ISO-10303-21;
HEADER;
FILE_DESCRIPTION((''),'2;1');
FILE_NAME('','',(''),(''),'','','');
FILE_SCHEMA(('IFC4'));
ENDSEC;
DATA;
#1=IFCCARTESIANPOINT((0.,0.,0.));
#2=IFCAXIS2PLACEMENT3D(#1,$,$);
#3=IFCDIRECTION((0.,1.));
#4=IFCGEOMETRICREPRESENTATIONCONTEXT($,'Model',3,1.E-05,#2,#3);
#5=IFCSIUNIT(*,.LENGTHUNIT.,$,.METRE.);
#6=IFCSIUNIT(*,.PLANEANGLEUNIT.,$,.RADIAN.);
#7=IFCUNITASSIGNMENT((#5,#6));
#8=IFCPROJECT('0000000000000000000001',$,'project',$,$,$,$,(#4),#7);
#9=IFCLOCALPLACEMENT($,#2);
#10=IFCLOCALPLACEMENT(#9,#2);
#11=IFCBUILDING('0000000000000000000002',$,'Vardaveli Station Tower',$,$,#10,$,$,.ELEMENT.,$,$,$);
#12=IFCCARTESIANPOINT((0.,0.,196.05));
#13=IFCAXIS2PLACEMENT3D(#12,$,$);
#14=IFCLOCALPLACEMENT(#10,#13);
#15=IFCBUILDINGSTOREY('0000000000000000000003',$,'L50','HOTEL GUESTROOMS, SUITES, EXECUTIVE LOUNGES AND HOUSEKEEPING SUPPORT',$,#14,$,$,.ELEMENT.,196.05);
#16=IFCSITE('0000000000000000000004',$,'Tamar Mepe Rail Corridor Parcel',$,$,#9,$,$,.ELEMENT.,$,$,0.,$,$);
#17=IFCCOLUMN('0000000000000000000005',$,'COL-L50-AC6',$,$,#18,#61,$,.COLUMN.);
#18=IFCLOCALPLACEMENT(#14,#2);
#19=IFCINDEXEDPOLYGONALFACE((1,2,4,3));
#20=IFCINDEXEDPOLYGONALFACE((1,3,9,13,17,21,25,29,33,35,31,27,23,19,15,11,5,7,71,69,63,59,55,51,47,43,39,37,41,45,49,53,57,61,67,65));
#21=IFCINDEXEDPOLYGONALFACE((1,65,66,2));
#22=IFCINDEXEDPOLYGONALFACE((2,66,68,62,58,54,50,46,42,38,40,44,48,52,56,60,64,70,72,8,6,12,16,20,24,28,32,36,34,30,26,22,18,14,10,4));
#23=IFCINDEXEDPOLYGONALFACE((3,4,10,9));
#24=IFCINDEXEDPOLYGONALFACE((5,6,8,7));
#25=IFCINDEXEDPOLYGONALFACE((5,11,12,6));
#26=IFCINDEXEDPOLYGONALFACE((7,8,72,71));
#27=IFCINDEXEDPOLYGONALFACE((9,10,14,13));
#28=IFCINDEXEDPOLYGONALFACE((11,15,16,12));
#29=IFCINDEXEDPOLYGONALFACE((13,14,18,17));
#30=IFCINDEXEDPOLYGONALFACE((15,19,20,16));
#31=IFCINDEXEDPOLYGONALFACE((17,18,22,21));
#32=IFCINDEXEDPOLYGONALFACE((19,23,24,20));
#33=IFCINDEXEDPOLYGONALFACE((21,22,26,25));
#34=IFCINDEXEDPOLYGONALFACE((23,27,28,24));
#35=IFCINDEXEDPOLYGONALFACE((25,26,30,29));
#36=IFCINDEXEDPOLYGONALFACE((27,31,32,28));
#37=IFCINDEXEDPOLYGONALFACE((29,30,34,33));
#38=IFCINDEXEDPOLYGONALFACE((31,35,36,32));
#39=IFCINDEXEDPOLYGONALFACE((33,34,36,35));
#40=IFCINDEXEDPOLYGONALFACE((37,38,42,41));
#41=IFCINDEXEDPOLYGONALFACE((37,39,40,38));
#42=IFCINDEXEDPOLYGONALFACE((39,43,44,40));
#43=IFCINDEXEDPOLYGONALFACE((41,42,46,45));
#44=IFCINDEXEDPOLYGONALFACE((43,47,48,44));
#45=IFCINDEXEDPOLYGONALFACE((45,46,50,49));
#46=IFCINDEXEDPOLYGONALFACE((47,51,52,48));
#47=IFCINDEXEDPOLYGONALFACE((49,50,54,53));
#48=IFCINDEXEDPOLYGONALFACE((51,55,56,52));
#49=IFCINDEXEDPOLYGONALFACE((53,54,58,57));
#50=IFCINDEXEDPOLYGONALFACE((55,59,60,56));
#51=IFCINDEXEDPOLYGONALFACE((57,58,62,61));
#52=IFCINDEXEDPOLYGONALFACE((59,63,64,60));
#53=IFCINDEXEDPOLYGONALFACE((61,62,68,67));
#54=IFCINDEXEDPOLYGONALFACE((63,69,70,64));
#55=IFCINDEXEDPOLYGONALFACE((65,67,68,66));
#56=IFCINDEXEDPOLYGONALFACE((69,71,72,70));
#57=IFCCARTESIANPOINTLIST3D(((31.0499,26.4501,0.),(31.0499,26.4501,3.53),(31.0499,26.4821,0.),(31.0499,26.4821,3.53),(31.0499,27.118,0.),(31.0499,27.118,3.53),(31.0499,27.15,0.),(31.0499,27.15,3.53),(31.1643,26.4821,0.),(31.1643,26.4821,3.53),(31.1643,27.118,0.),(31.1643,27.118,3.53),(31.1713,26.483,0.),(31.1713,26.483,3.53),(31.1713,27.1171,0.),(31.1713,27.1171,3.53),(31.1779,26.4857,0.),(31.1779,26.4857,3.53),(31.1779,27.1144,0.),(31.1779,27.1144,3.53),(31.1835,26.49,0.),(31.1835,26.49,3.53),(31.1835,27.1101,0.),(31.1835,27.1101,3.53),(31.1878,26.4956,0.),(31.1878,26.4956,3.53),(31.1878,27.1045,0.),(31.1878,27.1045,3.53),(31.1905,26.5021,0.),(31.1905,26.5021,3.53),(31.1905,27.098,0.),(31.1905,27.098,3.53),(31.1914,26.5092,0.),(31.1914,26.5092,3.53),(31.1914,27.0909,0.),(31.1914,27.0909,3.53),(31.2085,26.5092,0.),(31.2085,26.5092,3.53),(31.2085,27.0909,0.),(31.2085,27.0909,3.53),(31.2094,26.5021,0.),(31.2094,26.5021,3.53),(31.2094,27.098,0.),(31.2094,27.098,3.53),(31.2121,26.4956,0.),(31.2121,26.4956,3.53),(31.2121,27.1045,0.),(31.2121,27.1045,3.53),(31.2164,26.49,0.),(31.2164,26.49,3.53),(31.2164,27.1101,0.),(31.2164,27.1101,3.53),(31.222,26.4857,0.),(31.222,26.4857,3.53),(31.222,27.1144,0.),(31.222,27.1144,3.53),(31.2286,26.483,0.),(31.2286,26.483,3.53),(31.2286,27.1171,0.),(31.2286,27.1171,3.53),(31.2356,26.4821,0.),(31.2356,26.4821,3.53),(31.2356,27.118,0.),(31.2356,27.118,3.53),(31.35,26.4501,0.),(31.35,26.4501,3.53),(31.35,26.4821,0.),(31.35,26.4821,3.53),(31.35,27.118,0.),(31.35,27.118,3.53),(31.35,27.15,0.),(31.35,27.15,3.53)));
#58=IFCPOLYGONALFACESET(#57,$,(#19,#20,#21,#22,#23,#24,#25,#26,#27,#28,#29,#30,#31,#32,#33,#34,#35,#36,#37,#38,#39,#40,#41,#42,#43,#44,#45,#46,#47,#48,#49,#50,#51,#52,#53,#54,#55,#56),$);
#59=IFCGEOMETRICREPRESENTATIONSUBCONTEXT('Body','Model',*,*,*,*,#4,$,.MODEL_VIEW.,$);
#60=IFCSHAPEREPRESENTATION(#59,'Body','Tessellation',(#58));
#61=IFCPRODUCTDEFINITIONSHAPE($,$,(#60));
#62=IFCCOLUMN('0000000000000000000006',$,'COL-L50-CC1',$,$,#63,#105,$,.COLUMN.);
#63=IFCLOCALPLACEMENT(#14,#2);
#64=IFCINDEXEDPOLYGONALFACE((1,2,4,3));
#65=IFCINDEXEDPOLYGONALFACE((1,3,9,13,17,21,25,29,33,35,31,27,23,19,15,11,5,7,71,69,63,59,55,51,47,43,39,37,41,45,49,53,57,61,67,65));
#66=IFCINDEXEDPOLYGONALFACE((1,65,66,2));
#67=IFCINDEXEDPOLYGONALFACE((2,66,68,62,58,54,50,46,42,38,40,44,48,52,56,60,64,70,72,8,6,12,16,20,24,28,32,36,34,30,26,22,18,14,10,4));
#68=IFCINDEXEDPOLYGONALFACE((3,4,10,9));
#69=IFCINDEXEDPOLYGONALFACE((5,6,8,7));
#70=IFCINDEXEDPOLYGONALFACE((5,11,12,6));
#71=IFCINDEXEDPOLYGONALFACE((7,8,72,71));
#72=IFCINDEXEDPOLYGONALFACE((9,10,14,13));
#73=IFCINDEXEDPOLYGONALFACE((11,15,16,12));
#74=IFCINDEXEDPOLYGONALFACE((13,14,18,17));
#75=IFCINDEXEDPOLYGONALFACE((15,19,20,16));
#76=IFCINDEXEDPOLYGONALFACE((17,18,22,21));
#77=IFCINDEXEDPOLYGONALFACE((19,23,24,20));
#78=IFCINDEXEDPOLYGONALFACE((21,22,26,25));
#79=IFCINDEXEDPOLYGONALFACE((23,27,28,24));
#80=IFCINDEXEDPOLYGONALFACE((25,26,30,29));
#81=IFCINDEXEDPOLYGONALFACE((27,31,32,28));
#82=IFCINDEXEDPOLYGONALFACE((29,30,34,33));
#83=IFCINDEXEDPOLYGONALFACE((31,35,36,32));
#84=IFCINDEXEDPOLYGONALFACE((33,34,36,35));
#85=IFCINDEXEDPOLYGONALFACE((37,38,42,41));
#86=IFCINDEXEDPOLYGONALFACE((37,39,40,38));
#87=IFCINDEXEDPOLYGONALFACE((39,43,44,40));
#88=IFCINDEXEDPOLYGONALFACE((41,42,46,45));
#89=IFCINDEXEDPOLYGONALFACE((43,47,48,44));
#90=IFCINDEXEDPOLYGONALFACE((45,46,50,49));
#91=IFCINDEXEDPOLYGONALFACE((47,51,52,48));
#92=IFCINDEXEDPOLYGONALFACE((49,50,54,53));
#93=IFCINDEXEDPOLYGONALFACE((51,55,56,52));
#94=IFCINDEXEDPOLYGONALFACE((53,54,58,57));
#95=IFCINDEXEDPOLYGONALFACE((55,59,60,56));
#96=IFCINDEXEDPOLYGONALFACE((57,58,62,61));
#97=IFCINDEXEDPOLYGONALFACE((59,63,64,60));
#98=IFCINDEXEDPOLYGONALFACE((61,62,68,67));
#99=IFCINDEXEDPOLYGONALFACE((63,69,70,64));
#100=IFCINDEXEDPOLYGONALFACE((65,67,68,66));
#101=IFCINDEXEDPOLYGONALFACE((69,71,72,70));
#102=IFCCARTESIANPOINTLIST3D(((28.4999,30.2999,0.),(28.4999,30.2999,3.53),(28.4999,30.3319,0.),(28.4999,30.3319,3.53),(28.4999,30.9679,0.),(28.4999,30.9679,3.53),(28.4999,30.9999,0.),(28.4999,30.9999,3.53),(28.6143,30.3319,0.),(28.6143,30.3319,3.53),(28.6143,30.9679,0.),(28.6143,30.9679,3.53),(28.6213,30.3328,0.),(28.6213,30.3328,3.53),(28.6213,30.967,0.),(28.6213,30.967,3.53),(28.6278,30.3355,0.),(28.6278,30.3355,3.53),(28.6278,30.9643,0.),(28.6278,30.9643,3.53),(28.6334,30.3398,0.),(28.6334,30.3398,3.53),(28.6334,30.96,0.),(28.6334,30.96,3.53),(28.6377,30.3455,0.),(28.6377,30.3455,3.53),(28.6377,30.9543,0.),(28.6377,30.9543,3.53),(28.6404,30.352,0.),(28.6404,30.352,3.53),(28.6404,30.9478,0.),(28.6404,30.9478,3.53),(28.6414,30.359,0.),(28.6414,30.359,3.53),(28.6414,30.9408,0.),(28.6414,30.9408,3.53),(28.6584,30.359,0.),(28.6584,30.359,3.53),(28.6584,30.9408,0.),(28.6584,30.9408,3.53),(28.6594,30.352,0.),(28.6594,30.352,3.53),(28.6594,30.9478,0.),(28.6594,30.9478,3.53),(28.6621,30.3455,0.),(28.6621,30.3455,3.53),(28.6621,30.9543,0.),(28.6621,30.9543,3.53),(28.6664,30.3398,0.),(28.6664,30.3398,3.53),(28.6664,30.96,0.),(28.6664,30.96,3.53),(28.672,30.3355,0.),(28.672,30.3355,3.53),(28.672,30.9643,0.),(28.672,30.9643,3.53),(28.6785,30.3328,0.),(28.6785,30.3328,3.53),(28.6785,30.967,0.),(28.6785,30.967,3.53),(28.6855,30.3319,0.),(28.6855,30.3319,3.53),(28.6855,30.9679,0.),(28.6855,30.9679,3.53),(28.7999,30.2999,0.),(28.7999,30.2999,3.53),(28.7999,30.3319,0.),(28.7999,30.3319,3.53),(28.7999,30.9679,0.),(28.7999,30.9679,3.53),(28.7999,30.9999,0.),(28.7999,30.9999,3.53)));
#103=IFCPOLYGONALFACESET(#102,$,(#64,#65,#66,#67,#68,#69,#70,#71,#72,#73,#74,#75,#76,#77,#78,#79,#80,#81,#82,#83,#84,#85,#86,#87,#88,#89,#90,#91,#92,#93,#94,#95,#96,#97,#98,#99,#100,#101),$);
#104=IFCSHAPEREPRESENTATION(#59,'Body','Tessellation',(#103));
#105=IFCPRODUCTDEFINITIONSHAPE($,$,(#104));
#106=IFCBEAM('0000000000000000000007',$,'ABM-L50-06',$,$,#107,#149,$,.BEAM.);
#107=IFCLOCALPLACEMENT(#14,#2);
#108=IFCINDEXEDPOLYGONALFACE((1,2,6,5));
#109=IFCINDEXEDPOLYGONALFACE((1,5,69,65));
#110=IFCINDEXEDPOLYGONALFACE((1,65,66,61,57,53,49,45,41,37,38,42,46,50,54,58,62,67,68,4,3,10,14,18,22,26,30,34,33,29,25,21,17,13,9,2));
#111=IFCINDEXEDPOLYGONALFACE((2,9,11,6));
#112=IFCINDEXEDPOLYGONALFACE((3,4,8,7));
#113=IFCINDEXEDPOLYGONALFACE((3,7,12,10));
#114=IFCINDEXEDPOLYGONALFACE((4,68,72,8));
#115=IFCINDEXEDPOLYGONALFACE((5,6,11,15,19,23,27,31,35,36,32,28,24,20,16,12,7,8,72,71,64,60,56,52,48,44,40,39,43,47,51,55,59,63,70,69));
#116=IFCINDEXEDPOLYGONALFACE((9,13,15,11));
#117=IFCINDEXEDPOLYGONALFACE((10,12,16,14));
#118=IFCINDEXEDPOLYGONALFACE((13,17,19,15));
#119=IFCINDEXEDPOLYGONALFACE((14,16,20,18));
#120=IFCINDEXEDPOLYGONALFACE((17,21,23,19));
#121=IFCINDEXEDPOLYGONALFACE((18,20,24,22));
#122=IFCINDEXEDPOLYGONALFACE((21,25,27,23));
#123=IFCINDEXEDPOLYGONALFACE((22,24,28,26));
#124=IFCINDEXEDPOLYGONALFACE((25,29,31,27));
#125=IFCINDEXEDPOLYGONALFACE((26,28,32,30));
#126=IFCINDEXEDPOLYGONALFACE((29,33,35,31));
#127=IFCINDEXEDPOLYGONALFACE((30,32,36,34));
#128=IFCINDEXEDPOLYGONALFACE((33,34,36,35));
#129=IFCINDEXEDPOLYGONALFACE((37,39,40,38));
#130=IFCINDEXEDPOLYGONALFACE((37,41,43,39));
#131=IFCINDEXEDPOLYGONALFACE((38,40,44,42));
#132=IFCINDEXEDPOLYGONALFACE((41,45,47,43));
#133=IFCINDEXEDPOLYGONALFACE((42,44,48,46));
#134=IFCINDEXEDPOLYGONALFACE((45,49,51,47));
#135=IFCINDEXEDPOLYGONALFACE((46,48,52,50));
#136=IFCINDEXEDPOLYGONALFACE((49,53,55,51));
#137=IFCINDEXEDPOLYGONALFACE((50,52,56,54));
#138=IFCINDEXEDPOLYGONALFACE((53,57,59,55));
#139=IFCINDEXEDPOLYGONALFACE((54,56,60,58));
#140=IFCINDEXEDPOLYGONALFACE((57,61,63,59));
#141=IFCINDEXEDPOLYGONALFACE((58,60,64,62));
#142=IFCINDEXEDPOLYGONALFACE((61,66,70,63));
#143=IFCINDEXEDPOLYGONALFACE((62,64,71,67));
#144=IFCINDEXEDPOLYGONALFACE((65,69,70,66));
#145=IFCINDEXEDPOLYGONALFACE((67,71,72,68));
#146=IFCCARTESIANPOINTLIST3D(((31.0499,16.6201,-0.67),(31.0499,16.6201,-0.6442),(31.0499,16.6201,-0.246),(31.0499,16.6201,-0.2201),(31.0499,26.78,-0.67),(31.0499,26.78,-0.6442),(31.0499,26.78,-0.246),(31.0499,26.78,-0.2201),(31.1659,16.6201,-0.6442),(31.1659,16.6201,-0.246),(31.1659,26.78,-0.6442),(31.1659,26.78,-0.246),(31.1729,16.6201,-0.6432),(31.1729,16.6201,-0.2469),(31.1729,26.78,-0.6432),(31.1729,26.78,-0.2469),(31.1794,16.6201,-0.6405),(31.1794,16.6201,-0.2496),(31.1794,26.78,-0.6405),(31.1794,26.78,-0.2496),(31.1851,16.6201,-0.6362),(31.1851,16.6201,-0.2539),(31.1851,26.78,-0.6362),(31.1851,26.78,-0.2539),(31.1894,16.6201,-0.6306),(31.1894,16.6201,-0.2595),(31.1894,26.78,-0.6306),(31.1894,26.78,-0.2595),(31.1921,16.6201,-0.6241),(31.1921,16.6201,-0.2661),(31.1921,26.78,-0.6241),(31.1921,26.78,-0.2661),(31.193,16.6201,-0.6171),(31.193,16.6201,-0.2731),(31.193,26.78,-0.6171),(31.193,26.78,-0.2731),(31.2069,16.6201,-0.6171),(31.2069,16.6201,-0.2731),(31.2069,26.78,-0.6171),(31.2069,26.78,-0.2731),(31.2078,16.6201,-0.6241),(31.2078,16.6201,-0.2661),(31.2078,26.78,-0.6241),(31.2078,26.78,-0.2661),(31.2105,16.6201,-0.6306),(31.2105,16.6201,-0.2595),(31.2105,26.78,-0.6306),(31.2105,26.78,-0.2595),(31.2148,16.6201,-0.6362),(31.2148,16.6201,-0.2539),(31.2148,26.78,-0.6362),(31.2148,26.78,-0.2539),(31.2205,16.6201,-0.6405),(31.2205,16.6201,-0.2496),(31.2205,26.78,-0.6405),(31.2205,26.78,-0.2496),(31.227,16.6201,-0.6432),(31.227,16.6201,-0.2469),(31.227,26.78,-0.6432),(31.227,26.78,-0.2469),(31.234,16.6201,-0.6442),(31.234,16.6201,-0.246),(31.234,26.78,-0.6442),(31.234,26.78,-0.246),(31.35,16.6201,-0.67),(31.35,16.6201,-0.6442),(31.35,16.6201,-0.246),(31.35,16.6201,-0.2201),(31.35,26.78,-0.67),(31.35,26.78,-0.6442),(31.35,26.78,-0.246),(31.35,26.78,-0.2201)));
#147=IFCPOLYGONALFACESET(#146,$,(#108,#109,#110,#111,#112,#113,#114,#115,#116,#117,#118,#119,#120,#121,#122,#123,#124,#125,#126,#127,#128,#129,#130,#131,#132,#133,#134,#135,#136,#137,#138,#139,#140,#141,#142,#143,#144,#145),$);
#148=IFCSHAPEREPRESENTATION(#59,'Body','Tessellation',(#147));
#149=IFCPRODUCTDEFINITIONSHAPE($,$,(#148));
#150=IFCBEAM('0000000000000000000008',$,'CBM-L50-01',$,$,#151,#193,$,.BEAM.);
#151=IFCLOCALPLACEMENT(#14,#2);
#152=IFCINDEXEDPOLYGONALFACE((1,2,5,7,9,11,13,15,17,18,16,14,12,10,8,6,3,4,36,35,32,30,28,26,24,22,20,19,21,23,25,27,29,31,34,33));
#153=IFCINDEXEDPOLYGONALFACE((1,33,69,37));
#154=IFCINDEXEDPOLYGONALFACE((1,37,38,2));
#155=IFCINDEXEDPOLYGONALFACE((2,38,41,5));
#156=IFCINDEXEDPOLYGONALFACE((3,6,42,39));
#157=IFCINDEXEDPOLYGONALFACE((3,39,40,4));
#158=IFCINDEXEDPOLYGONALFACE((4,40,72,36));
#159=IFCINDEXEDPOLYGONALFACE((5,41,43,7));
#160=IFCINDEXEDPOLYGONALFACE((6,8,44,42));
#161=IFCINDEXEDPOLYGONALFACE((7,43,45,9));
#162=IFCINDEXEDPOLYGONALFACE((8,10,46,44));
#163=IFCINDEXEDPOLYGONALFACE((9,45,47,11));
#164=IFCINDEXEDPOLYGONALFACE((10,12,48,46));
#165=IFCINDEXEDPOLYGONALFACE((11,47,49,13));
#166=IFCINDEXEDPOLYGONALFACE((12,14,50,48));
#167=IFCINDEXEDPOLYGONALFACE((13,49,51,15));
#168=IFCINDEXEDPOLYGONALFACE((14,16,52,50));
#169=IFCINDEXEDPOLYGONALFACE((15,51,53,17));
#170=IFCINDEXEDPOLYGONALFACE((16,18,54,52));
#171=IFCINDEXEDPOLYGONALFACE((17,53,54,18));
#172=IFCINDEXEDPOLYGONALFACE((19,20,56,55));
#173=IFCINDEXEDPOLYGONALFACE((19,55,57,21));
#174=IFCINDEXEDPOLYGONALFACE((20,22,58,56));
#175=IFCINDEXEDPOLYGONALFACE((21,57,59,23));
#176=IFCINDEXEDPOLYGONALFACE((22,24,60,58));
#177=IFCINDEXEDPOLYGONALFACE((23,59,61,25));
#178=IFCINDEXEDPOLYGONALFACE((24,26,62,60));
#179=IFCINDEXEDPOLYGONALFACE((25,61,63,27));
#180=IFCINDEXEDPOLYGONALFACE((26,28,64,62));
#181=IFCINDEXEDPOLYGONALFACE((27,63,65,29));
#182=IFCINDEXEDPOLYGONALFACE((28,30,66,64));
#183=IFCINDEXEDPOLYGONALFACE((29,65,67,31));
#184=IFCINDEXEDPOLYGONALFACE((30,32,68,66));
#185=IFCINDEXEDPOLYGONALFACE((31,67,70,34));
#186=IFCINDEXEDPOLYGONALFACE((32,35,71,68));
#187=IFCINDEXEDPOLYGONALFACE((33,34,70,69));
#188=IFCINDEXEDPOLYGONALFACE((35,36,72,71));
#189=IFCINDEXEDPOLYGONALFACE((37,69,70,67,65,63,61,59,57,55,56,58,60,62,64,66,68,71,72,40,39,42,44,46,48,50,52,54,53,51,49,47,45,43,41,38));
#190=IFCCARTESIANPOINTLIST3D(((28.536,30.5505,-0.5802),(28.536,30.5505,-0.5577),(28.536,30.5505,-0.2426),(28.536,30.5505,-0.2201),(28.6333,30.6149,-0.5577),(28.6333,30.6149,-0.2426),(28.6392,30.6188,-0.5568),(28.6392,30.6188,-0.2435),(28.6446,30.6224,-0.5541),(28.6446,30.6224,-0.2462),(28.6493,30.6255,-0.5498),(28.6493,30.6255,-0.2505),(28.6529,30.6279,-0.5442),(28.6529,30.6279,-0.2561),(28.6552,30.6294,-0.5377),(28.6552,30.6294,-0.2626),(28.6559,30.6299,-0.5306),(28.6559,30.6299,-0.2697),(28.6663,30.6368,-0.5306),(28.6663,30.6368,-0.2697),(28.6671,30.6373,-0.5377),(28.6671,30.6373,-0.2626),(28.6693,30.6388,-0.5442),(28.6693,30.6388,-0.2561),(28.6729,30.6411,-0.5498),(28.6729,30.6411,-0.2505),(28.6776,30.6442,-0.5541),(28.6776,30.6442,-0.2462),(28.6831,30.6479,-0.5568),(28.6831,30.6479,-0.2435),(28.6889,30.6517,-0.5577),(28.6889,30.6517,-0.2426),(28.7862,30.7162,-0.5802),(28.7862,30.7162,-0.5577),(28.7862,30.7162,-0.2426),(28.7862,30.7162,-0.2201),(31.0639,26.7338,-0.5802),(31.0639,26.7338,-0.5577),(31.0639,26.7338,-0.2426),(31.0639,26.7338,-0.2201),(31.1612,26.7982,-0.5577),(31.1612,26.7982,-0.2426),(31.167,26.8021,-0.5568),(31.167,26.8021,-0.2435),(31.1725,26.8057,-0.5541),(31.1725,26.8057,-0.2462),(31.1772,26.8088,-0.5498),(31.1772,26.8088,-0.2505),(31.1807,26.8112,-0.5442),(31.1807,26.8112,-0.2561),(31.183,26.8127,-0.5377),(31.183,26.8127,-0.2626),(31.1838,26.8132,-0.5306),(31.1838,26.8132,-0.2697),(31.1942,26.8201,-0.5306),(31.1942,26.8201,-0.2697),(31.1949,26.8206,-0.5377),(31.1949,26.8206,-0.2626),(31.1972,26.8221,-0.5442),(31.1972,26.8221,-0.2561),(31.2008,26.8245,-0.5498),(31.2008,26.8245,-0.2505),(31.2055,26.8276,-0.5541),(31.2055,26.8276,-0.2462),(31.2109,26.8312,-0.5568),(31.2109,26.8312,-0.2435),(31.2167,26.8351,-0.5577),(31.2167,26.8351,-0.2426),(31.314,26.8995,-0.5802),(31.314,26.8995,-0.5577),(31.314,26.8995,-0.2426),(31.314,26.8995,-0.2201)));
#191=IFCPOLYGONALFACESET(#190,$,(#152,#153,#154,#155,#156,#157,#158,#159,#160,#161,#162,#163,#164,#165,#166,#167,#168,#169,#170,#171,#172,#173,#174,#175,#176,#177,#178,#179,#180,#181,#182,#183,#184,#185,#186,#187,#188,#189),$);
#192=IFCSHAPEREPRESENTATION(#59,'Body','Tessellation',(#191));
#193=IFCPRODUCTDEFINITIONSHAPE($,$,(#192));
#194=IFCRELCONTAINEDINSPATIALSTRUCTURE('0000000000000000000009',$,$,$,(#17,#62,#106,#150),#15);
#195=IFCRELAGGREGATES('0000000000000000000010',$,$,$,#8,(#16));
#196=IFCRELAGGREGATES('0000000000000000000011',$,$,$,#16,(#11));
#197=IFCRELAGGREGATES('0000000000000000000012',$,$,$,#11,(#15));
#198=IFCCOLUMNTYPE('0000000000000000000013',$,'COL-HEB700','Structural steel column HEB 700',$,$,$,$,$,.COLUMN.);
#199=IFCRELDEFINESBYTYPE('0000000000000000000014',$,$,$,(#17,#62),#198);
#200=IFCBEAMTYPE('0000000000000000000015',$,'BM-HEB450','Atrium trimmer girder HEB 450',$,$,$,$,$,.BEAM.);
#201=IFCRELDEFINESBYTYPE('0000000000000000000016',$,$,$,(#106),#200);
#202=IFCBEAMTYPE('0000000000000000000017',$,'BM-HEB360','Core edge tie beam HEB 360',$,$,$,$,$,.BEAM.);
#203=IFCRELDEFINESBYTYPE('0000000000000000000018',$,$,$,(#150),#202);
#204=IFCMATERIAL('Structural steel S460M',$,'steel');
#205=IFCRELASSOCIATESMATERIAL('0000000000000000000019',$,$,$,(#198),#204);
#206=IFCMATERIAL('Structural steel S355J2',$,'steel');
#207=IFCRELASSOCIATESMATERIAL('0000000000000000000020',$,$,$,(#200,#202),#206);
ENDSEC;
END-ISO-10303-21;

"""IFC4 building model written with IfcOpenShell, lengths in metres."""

from ifc_helpers import new_model, si_unit, direction, frame, origin, origin_2d, place, context, subcontext, project, spatial, i_section, extrude, source, transform, mapped, material, material_profile, profile_set, type_object, element, save


model = new_model("IFC4")

# Units and contexts
model_context = context("Model", 3, precision=1e-05, world=origin(), true_north=direction((0.0, 1.0)))
body_context = subcontext(model_context, "Body", "Model", "MODEL_VIEW")
ifc_project = project(units=[si_unit("LENGTHUNIT", "METRE"), si_unit("PLANEANGLEUNIT", "RADIAN")], contexts=[model_context])

# Site, building, storey
site_placement = place(None, origin())
site = spatial("IfcSite", under=ifc_project, at=site_placement, Name="Tamar Mepe Rail Corridor Parcel", CompositionType="ELEMENT", RefElevation=0.0)
building_placement = place(site_placement, origin())
building = spatial("IfcBuilding", under=site, at=building_placement, Name="Vardaveli Station Tower", CompositionType="ELEMENT")
storey_placement = place(building_placement, frame((0.0, 0.0, 196.05)))
storey = spatial("IfcBuildingStorey", under=building, at=storey_placement, Name="L50", Description="HOTEL GUESTROOMS, SUITES, EXECUTIVE LOUNGES AND HOUSEKEEPING SUPPORT", CompositionType="ELEMENT", Elevation=196.05)

# Columns
ifc_material_1 = material(Name="Structural steel S460M", Category="steel")
ifc_material_profile_1 = material_profile(ifc_material_1, i_section(OverallWidth=0.3, OverallDepth=0.7, WebThickness=0.0171, FlangeThickness=0.032, FilletRadius=0.0271, at=origin_2d()), Name="HEB 700")
ifc_profile_set_1 = profile_set([ifc_material_profile_1], Name="Structural steel S460M")
column_type = type_object("IfcColumnType", Name="COL-HEB700", Description="Structural steel column HEB 700", PredefinedType="COLUMN", material=ifc_profile_set_1)
shared_shape_1 = source(origin(), body_context, "Body", "SweptSolid", [
    extrude(i_section(OverallWidth=0.3, OverallDepth=0.7, WebThickness=0.0171, FlangeThickness=0.032, FilletRadius=0.0271, at=origin_2d()), origin(), (0.0, 0.0, 1.0), 3.53),
])
for number, where, z_axis, x_axis, name in (
    (1, (31.2, 26.8, 0.0), (0.0, 0.0, 1.0), (1.0, 0.0, 0.0), "COL-L50-AC6"),
    (2, (28.6499, 30.6499, 0.0), (0.0, 0.0, 1.0), (1.0, 0.0, 0.0), "COL-L50-CC1"),
):
    element("IfcColumn", number, at=place(storey_placement, frame(where, z_axis=z_axis, x_axis=x_axis)), inside=storey, type_object=column_type, Name=name, PredefinedType="COLUMN", context=body_context, shape_type="MappedRepresentation", body=[
        mapped(shared_shape_1, transform((0.0, 0.0, 0.0), scale=1.0)),
    ])

# Beams
ifc_material_2 = material(Name="Structural steel S355J2", Category="steel")
ifc_material_profile_2 = material_profile(ifc_material_2, i_section(OverallWidth=0.3, OverallDepth=0.45, WebThickness=0.0139, FlangeThickness=0.0259, FilletRadius=0.0271, at=origin_2d()), Name="HEB 450")
ifc_profile_set_2 = profile_set([ifc_material_profile_2], Name="Structural steel S355J2")
beam_type_1 = type_object("IfcBeamType", Name="BM-HEB450", Description="Atrium trimmer girder HEB 450", PredefinedType="BEAM", material=ifc_profile_set_2)
shared_shape_2 = source(origin(), body_context, "Body", "SweptSolid", [
    extrude(i_section(OverallWidth=0.3, OverallDepth=0.45, WebThickness=0.0139, FlangeThickness=0.0259, FilletRadius=0.0271, at=origin_2d()), origin(), (0.0, 0.0, 1.0), 10.1599),
])
beam_1_placement = place(storey_placement, frame((31.2, 26.78, -0.4451), z_axis=(0.0, -1.0, 0.0), x_axis=(1.0, 0.0, 0.0)))
element("IfcBeam", 3, at=beam_1_placement, inside=storey, type_object=beam_type_1, Name="ABM-L50-06", PredefinedType="BEAM", context=body_context, shape_type="MappedRepresentation", body=[
    mapped(shared_shape_2, transform((0.0, 0.0, 0.0), scale=1.0)),
])
ifc_material_profile_3 = material_profile(ifc_material_2, i_section(OverallWidth=0.3, OverallDepth=0.3601, WebThickness=0.0125, FlangeThickness=0.0225, FilletRadius=0.0271, at=origin_2d()), Name="HEB 360")
ifc_profile_set_3 = profile_set([ifc_material_profile_3], Name="Structural steel S355J2")
beam_type_2 = type_object("IfcBeamType", Name="BM-HEB360", Description="Core edge tie beam HEB 360", PredefinedType="BEAM", material=ifc_profile_set_3)
shared_shape_3 = source(origin(), body_context, "Body", "SweptSolid", [
    extrude(i_section(OverallWidth=0.3, OverallDepth=0.3601, WebThickness=0.0125, FlangeThickness=0.0225, FilletRadius=0.0271, at=origin_2d()), origin(), (0.0, 0.0, 1.0), 4.5779),
])
beam_2_placement = place(storey_placement, frame((31.189, 26.8167, -0.4001), z_axis=(-0.552187, 0.83372, 0.0), x_axis=(-0.83372, -0.552187, 0.0)))
element("IfcBeam", 4, at=beam_2_placement, inside=storey, type_object=beam_type_2, Name="CBM-L50-01", PredefinedType="BEAM", context=body_context, shape_type="MappedRepresentation", body=[
    mapped(shared_shape_3, transform((0.0, 0.0, 0.0), scale=1.0)),
])

save(model, "model.ifc")
